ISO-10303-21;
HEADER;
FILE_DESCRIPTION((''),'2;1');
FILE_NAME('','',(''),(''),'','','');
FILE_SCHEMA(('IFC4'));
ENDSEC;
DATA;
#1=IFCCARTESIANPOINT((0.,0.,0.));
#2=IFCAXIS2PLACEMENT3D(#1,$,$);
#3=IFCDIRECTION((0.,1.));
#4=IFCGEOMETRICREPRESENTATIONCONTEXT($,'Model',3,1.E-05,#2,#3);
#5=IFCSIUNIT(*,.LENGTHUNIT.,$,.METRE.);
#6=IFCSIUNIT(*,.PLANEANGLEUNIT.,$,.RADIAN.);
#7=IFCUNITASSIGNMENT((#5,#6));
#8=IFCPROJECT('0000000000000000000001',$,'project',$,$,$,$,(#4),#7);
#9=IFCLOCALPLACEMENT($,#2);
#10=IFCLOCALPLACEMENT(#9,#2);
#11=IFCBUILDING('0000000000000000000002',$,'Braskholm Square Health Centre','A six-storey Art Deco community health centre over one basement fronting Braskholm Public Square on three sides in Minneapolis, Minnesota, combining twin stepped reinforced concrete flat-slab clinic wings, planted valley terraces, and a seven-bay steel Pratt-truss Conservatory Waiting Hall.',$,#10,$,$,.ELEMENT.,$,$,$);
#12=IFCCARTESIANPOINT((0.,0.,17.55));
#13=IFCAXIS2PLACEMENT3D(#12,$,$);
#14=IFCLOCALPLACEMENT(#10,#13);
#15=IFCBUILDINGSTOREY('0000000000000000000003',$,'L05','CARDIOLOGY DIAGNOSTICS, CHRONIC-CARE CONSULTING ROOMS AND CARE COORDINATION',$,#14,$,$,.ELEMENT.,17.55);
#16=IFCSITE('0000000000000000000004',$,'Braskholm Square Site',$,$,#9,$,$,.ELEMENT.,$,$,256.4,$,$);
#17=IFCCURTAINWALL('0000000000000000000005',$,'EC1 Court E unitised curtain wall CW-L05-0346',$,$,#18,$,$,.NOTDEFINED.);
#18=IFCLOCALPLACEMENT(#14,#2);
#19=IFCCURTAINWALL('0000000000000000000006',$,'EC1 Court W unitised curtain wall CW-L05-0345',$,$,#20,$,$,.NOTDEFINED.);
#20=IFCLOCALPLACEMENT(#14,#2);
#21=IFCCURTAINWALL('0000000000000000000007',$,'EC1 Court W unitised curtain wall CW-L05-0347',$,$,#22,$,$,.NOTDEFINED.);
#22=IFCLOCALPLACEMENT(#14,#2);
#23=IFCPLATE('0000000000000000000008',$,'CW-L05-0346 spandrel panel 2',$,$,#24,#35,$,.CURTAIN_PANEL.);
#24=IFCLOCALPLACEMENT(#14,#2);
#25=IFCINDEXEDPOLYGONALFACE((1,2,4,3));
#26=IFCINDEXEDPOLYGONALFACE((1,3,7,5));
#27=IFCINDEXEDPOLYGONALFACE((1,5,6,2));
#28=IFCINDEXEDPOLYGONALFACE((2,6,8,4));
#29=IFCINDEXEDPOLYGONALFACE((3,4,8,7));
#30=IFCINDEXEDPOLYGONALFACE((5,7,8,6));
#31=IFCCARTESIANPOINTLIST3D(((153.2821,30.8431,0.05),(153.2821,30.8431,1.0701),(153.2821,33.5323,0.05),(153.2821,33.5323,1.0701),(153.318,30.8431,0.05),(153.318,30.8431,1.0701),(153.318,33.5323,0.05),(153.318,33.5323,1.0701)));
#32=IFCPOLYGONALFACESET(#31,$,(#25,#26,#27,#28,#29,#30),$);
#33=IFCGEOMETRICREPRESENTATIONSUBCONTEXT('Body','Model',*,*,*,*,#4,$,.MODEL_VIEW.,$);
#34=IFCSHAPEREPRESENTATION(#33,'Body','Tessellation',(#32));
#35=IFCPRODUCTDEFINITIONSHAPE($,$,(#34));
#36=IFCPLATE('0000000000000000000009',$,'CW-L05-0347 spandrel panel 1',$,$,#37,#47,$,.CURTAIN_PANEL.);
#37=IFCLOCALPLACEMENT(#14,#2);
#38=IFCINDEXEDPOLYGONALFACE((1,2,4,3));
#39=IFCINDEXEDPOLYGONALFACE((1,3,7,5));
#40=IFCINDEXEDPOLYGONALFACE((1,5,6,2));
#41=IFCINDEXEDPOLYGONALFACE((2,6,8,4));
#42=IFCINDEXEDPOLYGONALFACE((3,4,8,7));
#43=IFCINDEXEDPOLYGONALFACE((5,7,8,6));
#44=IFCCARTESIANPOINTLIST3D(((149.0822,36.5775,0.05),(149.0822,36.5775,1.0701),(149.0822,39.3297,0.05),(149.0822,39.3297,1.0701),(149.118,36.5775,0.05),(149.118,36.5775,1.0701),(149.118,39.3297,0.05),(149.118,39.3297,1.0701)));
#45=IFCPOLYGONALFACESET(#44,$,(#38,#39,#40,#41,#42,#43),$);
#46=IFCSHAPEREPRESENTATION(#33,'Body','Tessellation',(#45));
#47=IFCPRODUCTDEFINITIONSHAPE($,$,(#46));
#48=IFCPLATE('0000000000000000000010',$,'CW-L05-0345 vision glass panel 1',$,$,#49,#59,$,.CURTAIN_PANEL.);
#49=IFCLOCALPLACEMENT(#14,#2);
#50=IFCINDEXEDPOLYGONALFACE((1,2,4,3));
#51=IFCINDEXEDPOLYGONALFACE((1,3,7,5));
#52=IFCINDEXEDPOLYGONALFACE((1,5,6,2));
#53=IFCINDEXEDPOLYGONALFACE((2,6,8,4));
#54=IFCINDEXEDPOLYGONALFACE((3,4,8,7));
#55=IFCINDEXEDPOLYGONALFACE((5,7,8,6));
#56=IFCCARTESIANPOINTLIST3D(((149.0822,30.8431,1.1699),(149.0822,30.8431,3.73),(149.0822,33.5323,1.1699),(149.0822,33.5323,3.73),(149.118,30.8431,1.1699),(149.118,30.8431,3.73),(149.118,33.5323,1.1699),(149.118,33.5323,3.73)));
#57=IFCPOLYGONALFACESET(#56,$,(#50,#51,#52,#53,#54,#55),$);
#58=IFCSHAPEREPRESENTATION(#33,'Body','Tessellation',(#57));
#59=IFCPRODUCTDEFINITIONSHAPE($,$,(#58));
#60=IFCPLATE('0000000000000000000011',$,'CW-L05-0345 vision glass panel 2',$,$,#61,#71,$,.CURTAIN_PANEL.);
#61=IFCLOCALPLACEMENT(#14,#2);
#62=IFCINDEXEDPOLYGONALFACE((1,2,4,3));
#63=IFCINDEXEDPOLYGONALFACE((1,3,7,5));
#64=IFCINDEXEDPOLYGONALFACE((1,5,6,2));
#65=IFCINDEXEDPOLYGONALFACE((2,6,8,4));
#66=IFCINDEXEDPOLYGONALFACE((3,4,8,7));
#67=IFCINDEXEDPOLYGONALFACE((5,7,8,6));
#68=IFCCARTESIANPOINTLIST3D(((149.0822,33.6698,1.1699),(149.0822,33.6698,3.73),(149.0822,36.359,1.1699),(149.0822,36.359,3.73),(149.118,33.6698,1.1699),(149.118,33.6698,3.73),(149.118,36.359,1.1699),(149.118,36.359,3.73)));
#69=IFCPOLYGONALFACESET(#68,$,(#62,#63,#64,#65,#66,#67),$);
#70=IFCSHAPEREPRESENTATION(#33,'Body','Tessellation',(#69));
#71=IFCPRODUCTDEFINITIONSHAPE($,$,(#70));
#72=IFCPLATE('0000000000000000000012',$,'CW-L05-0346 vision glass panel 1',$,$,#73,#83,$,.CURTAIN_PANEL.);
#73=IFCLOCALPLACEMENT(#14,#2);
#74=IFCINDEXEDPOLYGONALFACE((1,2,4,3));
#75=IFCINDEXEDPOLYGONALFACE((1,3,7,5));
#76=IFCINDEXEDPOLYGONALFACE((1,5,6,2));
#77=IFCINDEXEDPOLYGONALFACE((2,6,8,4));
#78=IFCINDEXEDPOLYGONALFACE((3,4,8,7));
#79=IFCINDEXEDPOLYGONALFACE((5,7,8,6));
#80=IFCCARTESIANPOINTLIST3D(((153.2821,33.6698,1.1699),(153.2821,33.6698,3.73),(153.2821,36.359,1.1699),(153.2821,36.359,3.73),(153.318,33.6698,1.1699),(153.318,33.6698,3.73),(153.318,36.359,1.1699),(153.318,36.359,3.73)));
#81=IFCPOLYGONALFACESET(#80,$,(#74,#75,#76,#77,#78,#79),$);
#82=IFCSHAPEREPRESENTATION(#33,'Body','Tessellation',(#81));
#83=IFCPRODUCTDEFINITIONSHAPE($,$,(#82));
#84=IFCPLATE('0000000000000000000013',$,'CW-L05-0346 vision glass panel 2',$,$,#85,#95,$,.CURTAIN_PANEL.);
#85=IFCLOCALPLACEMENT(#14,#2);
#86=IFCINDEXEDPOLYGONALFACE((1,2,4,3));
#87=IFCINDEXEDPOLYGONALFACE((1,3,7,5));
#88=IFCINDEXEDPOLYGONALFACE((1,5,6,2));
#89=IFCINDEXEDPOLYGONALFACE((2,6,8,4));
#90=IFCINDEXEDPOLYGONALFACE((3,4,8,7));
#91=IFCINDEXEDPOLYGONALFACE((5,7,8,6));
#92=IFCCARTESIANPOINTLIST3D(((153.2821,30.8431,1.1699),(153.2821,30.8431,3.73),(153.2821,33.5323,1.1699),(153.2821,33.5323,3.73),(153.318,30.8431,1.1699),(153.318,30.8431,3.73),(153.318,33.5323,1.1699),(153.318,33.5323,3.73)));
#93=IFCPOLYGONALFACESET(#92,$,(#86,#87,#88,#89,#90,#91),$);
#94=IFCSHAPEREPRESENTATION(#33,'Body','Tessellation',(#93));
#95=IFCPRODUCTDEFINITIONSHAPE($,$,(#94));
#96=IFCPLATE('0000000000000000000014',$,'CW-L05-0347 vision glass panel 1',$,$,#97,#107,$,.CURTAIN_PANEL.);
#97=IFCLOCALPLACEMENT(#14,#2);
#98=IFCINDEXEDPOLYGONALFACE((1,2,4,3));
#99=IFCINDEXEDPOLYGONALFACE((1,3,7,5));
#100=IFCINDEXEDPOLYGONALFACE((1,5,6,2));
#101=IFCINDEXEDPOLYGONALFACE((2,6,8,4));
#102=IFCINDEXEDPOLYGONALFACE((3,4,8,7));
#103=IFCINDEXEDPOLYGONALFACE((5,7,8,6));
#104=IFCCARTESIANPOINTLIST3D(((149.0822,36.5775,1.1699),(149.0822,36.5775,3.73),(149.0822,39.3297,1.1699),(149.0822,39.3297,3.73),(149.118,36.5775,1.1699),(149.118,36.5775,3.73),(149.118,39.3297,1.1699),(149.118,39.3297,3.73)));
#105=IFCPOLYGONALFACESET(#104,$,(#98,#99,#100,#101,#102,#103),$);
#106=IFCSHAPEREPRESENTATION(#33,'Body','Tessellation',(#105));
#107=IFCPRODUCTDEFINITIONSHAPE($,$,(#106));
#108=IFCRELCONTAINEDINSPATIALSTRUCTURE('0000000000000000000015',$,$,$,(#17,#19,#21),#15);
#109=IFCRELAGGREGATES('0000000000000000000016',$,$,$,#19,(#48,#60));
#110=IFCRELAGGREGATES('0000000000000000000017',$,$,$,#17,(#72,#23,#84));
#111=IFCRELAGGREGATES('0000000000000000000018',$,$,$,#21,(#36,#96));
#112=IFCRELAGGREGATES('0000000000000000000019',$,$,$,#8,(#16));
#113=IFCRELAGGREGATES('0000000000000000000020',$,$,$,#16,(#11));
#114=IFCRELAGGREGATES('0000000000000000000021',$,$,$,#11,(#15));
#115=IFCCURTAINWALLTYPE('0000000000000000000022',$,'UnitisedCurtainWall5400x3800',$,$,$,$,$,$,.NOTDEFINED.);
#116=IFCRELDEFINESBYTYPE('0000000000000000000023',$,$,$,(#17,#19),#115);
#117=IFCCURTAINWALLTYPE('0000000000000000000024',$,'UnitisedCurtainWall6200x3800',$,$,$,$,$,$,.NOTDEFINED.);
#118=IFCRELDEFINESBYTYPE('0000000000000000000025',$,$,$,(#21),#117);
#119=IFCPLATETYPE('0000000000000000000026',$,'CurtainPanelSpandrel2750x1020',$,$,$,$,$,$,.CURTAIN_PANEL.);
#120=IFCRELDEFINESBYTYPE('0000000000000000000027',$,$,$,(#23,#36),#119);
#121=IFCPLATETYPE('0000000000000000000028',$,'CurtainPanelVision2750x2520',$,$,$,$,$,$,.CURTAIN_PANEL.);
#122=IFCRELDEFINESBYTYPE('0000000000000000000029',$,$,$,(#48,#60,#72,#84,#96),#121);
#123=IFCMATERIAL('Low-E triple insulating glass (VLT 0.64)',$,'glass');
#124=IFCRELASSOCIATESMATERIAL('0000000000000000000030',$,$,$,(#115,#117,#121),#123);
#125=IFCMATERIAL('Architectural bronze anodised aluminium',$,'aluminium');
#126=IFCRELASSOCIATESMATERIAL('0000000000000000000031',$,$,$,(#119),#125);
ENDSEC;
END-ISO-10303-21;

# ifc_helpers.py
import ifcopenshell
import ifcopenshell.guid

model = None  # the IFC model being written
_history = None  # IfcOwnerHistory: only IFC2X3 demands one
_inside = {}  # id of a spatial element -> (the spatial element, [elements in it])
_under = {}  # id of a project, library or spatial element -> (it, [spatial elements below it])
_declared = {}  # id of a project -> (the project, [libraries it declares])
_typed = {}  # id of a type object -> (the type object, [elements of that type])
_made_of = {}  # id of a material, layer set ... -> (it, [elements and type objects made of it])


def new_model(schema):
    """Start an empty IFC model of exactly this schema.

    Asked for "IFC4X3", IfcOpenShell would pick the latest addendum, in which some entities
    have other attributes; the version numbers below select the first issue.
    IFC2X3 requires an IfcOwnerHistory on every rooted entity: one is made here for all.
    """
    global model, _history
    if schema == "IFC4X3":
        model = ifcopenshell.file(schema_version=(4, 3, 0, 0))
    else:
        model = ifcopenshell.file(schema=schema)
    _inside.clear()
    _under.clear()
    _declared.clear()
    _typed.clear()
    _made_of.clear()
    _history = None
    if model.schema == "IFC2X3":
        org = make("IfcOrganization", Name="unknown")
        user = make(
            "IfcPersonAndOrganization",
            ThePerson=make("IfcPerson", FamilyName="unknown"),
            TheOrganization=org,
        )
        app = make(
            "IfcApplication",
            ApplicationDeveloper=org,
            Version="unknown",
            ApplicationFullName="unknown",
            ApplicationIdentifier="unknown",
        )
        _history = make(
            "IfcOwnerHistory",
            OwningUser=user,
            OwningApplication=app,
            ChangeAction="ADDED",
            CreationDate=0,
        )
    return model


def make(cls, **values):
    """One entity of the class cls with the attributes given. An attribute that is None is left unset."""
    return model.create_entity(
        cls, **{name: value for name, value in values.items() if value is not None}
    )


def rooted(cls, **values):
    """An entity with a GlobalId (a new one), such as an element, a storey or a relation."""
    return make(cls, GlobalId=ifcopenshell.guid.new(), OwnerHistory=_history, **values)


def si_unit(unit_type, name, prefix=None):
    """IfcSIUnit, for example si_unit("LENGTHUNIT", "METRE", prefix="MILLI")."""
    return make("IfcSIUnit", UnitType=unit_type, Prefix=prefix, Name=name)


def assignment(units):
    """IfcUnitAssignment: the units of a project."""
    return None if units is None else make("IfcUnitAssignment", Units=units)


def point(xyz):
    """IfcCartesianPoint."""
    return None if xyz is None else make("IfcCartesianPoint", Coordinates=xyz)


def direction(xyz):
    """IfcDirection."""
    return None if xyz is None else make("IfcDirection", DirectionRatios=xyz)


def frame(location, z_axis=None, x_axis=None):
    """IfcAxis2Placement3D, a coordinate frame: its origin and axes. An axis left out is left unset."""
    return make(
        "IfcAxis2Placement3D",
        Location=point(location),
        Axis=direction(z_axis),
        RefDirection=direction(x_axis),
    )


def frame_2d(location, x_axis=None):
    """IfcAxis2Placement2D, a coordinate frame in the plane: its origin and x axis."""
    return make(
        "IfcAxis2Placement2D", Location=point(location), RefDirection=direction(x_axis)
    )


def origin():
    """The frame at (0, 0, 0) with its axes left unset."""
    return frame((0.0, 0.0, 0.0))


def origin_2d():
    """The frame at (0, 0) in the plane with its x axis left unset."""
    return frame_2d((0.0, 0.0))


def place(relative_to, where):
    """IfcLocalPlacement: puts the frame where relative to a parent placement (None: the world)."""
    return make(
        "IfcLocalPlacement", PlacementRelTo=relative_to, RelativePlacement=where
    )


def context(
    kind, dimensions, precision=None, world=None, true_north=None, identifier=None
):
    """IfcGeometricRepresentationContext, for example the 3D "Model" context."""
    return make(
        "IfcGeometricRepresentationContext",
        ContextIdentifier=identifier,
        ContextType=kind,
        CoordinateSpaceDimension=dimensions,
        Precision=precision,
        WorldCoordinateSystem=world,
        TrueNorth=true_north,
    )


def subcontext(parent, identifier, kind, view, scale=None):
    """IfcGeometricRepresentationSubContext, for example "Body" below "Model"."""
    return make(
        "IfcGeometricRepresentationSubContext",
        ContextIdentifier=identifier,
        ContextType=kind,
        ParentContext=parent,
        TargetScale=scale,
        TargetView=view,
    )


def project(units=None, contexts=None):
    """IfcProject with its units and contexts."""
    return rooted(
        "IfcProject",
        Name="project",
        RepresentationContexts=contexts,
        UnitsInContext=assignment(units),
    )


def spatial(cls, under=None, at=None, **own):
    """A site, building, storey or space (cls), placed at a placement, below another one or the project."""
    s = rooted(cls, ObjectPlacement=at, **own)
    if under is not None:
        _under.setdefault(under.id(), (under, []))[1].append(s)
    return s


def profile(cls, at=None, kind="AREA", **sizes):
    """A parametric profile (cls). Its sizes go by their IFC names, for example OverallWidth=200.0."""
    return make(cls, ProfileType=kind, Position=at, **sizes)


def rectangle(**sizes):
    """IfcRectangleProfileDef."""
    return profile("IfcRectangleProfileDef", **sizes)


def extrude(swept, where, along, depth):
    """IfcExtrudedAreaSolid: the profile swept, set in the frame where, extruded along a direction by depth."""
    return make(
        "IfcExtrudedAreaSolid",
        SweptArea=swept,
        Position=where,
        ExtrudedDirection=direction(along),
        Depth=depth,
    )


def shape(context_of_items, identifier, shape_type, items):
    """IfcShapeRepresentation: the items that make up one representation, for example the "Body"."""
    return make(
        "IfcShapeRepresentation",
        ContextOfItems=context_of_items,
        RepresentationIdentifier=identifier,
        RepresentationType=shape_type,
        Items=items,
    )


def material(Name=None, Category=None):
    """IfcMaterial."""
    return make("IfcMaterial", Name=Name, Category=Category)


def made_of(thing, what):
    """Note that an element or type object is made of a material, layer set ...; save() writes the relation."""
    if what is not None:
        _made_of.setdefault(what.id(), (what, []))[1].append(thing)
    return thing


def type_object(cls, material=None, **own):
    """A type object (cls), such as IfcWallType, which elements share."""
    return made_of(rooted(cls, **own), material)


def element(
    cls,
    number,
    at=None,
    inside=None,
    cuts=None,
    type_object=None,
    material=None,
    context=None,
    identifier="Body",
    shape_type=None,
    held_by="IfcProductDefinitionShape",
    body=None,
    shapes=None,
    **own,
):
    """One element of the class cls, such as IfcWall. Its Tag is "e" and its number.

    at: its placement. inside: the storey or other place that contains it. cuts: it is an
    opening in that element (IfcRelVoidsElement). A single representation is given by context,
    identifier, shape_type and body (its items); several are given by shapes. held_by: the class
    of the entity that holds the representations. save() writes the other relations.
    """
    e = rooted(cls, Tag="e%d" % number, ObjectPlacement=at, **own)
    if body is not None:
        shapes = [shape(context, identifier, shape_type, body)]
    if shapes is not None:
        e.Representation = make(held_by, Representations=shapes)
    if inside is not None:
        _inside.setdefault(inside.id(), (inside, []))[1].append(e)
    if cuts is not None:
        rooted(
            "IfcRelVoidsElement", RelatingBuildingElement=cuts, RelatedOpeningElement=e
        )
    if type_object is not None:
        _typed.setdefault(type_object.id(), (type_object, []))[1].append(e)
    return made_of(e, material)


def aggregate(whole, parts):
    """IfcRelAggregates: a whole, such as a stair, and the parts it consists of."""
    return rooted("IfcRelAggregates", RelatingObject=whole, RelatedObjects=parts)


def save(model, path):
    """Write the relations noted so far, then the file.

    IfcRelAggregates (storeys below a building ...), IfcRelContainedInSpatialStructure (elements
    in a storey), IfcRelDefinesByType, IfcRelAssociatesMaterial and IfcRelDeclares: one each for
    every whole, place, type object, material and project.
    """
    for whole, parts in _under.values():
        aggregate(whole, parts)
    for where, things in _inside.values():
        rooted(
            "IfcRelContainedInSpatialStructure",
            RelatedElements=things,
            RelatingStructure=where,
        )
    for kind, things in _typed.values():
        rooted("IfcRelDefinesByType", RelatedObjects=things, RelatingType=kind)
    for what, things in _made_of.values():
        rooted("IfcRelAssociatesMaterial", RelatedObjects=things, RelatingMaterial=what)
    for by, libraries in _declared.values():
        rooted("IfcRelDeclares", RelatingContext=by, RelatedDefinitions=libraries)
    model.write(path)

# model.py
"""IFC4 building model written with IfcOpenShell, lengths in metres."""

from ifc_helpers import new_model, si_unit, direction, frame, origin, origin_2d, place, context, subcontext, project, spatial, rectangle, extrude, material, type_object, element, aggregate, save


model = new_model("IFC4")

# Units and contexts
model_context = context("Model", 3, precision=1e-05, world=origin(), true_north=direction((0.0, 1.0)))
body_context = subcontext(model_context, "Body", "Model", "MODEL_VIEW")
ifc_project = project(units=[si_unit("LENGTHUNIT", "METRE"), si_unit("PLANEANGLEUNIT", "RADIAN")], contexts=[model_context])

# Site, building, storey
site_placement = place(None, origin())
site = spatial("IfcSite", under=ifc_project, at=site_placement, Name="Braskholm Square Site", CompositionType="ELEMENT", RefElevation=256.4)
building_placement = place(site_placement, origin())
building = spatial("IfcBuilding", under=site, at=building_placement, Name="Braskholm Square Health Centre", Description="A six-storey Art Deco community health centre over one basement fronting Braskholm Public Square on three sides in Minneapolis, Minnesota, combining twin stepped reinforced concrete flat-slab clinic wings, planted valley terraces, and a seven-bay steel Pratt-truss Conservatory Waiting Hall.", CompositionType="ELEMENT")
storey_placement = place(building_placement, frame((0.0, 0.0, 17.55)))
storey = spatial("IfcBuildingStorey", under=building, at=storey_placement, Name="L05", Description="CARDIOLOGY DIAGNOSTICS, CHRONIC-CARE CONSULTING ROOMS AND CARE COORDINATION", CompositionType="ELEMENT", Elevation=17.55)

# Curtain wall
ifc_material_1 = material(Name="Low-E triple insulating glass (VLT 0.64)", Category="glass")
curtain_wall_type_1 = type_object("IfcCurtainWallType", Name="UnitisedCurtainWall5400x3800", PredefinedType="NOTDEFINED", material=ifc_material_1)
curtain_wall_1_placement = place(storey_placement, origin())
curtain_wall_1 = element("IfcCurtainWall", 1, at=curtain_wall_1_placement, inside=storey, type_object=curtain_wall_type_1, Name="EC1 Court E unitised curtain wall CW-L05-0346", PredefinedType="NOTDEFINED")
ifc_material_2 = material(Name="Architectural bronze anodised aluminium", Category="aluminium")

# Shared definitions
curtain_wall_type_2 = type_object("IfcCurtainWallType", Name="UnitisedCurtainWall6200x3800", PredefinedType="NOTDEFINED", material=ifc_material_1)

# Curtain wall
curtain_wall_2_placement = place(storey_placement, origin())
curtain_wall_2 = element("IfcCurtainWall", 2, at=curtain_wall_2_placement, inside=storey, type_object=curtain_wall_type_1, Name="EC1 Court W unitised curtain wall CW-L05-0345", PredefinedType="NOTDEFINED")

# Curtain wall
curtain_wall_3_placement = place(storey_placement, origin())
curtain_wall_3 = element("IfcCurtainWall", 3, at=curtain_wall_3_placement, inside=storey, type_object=curtain_wall_type_2, Name="EC1 Court W unitised curtain wall CW-L05-0347", PredefinedType="NOTDEFINED")

# Plates
plate_type_1 = type_object("IfcPlateType", Name="CurtainPanelSpandrel2750x1020", PredefinedType="CURTAIN_PANEL", material=ifc_material_2)
plate_1_placement = place(storey_placement, frame((153.3, 32.1877, 0.05), z_axis=(0.0, 0.0, 1.0), x_axis=(0.0, -1.0, 0.0)))
plate_1 = element("IfcPlate", 4, at=plate_1_placement, type_object=plate_type_1, Name="CW-L05-0346 spandrel panel 2", PredefinedType="CURTAIN_PANEL", context=body_context, shape_type="SweptSolid", body=[
    extrude(rectangle(XDim=2.6892, YDim=0.0359, at=origin_2d()), origin(), (0.0, 0.0, 1.0), 1.02),
])
plate_2_placement = place(storey_placement, frame((149.1001, 37.9536, 0.05), z_axis=(0.0, 0.0, 1.0), x_axis=(0.0, 1.0, 0.0)))
plate_2 = element("IfcPlate", 5, at=plate_2_placement, type_object=plate_type_1, Name="CW-L05-0347 spandrel panel 1", PredefinedType="CURTAIN_PANEL", context=body_context, shape_type="SweptSolid", body=[
    extrude(rectangle(XDim=2.7522, YDim=0.0359, at=origin_2d()), origin(), (0.0, 0.0, 1.0), 1.02),
])
plate_type_2 = type_object("IfcPlateType", Name="CurtainPanelVision2750x2520", PredefinedType="CURTAIN_PANEL", material=ifc_material_1)
plate_3_placement = place(storey_placement, frame((149.1001, 32.1877, 1.1699), z_axis=(0.0, 0.0, 1.0), x_axis=(0.0, 1.0, 0.0)))
plate_3 = element("IfcPlate", 6, at=plate_3_placement, type_object=plate_type_2, Name="CW-L05-0345 vision glass panel 1", PredefinedType="CURTAIN_PANEL", context=body_context, shape_type="SweptSolid", body=[
    extrude(rectangle(XDim=2.6892, YDim=0.0359, at=origin_2d()), origin(), (0.0, 0.0, 1.0), 2.5601),
])
plate_4_placement = place(storey_placement, frame((149.1001, 35.0144, 1.1699), z_axis=(0.0, 0.0, 1.0), x_axis=(0.0, 1.0, 0.0)))
plate_4 = element("IfcPlate", 7, at=plate_4_placement, type_object=plate_type_2, Name="CW-L05-0345 vision glass panel 2", PredefinedType="CURTAIN_PANEL", context=body_context, shape_type="SweptSolid", body=[
    extrude(rectangle(XDim=2.6892, YDim=0.0359, at=origin_2d()), origin(), (0.0, 0.0, 1.0), 2.5601),
])
aggregate(curtain_wall_2, [plate_3, plate_4])
plate_5_placement = place(storey_placement, frame((153.3, 35.0144, 1.1699), z_axis=(0.0, 0.0, 1.0), x_axis=(0.0, -1.0, 0.0)))
plate_5 = element("IfcPlate", 8, at=plate_5_placement, type_object=plate_type_2, Name="CW-L05-0346 vision glass panel 1", PredefinedType="CURTAIN_PANEL", context=body_context, shape_type="SweptSolid", body=[
    extrude(rectangle(XDim=2.6892, YDim=0.0359, at=origin_2d()), origin(), (0.0, 0.0, 1.0), 2.5601),
])
plate_6_placement = place(storey_placement, frame((153.3, 32.1877, 1.1699), z_axis=(0.0, 0.0, 1.0), x_axis=(0.0, -1.0, 0.0)))
plate_6 = element("IfcPlate", 9, at=plate_6_placement, type_object=plate_type_2, Name="CW-L05-0346 vision glass panel 2", PredefinedType="CURTAIN_PANEL", context=body_context, shape_type="SweptSolid", body=[
    extrude(rectangle(XDim=2.6892, YDim=0.0359, at=origin_2d()), origin(), (0.0, 0.0, 1.0), 2.5601),
])
aggregate(curtain_wall_1, [plate_5, plate_1, plate_6])
plate_7_placement = place(storey_placement, frame((149.1001, 37.9536, 1.1699), z_axis=(0.0, 0.0, 1.0), x_axis=(0.0, 1.0, 0.0)))
plate_7 = element("IfcPlate", 10, at=plate_7_placement, type_object=plate_type_2, Name="CW-L05-0347 vision glass panel 1", PredefinedType="CURTAIN_PANEL", context=body_context, shape_type="SweptSolid", body=[
    extrude(rectangle(XDim=2.7522, YDim=0.0359, at=origin_2d()), origin(), (0.0, 0.0, 1.0), 2.5601),
])
aggregate(curtain_wall_3, [plate_2, plate_7])

save(model, "model.ifc")
